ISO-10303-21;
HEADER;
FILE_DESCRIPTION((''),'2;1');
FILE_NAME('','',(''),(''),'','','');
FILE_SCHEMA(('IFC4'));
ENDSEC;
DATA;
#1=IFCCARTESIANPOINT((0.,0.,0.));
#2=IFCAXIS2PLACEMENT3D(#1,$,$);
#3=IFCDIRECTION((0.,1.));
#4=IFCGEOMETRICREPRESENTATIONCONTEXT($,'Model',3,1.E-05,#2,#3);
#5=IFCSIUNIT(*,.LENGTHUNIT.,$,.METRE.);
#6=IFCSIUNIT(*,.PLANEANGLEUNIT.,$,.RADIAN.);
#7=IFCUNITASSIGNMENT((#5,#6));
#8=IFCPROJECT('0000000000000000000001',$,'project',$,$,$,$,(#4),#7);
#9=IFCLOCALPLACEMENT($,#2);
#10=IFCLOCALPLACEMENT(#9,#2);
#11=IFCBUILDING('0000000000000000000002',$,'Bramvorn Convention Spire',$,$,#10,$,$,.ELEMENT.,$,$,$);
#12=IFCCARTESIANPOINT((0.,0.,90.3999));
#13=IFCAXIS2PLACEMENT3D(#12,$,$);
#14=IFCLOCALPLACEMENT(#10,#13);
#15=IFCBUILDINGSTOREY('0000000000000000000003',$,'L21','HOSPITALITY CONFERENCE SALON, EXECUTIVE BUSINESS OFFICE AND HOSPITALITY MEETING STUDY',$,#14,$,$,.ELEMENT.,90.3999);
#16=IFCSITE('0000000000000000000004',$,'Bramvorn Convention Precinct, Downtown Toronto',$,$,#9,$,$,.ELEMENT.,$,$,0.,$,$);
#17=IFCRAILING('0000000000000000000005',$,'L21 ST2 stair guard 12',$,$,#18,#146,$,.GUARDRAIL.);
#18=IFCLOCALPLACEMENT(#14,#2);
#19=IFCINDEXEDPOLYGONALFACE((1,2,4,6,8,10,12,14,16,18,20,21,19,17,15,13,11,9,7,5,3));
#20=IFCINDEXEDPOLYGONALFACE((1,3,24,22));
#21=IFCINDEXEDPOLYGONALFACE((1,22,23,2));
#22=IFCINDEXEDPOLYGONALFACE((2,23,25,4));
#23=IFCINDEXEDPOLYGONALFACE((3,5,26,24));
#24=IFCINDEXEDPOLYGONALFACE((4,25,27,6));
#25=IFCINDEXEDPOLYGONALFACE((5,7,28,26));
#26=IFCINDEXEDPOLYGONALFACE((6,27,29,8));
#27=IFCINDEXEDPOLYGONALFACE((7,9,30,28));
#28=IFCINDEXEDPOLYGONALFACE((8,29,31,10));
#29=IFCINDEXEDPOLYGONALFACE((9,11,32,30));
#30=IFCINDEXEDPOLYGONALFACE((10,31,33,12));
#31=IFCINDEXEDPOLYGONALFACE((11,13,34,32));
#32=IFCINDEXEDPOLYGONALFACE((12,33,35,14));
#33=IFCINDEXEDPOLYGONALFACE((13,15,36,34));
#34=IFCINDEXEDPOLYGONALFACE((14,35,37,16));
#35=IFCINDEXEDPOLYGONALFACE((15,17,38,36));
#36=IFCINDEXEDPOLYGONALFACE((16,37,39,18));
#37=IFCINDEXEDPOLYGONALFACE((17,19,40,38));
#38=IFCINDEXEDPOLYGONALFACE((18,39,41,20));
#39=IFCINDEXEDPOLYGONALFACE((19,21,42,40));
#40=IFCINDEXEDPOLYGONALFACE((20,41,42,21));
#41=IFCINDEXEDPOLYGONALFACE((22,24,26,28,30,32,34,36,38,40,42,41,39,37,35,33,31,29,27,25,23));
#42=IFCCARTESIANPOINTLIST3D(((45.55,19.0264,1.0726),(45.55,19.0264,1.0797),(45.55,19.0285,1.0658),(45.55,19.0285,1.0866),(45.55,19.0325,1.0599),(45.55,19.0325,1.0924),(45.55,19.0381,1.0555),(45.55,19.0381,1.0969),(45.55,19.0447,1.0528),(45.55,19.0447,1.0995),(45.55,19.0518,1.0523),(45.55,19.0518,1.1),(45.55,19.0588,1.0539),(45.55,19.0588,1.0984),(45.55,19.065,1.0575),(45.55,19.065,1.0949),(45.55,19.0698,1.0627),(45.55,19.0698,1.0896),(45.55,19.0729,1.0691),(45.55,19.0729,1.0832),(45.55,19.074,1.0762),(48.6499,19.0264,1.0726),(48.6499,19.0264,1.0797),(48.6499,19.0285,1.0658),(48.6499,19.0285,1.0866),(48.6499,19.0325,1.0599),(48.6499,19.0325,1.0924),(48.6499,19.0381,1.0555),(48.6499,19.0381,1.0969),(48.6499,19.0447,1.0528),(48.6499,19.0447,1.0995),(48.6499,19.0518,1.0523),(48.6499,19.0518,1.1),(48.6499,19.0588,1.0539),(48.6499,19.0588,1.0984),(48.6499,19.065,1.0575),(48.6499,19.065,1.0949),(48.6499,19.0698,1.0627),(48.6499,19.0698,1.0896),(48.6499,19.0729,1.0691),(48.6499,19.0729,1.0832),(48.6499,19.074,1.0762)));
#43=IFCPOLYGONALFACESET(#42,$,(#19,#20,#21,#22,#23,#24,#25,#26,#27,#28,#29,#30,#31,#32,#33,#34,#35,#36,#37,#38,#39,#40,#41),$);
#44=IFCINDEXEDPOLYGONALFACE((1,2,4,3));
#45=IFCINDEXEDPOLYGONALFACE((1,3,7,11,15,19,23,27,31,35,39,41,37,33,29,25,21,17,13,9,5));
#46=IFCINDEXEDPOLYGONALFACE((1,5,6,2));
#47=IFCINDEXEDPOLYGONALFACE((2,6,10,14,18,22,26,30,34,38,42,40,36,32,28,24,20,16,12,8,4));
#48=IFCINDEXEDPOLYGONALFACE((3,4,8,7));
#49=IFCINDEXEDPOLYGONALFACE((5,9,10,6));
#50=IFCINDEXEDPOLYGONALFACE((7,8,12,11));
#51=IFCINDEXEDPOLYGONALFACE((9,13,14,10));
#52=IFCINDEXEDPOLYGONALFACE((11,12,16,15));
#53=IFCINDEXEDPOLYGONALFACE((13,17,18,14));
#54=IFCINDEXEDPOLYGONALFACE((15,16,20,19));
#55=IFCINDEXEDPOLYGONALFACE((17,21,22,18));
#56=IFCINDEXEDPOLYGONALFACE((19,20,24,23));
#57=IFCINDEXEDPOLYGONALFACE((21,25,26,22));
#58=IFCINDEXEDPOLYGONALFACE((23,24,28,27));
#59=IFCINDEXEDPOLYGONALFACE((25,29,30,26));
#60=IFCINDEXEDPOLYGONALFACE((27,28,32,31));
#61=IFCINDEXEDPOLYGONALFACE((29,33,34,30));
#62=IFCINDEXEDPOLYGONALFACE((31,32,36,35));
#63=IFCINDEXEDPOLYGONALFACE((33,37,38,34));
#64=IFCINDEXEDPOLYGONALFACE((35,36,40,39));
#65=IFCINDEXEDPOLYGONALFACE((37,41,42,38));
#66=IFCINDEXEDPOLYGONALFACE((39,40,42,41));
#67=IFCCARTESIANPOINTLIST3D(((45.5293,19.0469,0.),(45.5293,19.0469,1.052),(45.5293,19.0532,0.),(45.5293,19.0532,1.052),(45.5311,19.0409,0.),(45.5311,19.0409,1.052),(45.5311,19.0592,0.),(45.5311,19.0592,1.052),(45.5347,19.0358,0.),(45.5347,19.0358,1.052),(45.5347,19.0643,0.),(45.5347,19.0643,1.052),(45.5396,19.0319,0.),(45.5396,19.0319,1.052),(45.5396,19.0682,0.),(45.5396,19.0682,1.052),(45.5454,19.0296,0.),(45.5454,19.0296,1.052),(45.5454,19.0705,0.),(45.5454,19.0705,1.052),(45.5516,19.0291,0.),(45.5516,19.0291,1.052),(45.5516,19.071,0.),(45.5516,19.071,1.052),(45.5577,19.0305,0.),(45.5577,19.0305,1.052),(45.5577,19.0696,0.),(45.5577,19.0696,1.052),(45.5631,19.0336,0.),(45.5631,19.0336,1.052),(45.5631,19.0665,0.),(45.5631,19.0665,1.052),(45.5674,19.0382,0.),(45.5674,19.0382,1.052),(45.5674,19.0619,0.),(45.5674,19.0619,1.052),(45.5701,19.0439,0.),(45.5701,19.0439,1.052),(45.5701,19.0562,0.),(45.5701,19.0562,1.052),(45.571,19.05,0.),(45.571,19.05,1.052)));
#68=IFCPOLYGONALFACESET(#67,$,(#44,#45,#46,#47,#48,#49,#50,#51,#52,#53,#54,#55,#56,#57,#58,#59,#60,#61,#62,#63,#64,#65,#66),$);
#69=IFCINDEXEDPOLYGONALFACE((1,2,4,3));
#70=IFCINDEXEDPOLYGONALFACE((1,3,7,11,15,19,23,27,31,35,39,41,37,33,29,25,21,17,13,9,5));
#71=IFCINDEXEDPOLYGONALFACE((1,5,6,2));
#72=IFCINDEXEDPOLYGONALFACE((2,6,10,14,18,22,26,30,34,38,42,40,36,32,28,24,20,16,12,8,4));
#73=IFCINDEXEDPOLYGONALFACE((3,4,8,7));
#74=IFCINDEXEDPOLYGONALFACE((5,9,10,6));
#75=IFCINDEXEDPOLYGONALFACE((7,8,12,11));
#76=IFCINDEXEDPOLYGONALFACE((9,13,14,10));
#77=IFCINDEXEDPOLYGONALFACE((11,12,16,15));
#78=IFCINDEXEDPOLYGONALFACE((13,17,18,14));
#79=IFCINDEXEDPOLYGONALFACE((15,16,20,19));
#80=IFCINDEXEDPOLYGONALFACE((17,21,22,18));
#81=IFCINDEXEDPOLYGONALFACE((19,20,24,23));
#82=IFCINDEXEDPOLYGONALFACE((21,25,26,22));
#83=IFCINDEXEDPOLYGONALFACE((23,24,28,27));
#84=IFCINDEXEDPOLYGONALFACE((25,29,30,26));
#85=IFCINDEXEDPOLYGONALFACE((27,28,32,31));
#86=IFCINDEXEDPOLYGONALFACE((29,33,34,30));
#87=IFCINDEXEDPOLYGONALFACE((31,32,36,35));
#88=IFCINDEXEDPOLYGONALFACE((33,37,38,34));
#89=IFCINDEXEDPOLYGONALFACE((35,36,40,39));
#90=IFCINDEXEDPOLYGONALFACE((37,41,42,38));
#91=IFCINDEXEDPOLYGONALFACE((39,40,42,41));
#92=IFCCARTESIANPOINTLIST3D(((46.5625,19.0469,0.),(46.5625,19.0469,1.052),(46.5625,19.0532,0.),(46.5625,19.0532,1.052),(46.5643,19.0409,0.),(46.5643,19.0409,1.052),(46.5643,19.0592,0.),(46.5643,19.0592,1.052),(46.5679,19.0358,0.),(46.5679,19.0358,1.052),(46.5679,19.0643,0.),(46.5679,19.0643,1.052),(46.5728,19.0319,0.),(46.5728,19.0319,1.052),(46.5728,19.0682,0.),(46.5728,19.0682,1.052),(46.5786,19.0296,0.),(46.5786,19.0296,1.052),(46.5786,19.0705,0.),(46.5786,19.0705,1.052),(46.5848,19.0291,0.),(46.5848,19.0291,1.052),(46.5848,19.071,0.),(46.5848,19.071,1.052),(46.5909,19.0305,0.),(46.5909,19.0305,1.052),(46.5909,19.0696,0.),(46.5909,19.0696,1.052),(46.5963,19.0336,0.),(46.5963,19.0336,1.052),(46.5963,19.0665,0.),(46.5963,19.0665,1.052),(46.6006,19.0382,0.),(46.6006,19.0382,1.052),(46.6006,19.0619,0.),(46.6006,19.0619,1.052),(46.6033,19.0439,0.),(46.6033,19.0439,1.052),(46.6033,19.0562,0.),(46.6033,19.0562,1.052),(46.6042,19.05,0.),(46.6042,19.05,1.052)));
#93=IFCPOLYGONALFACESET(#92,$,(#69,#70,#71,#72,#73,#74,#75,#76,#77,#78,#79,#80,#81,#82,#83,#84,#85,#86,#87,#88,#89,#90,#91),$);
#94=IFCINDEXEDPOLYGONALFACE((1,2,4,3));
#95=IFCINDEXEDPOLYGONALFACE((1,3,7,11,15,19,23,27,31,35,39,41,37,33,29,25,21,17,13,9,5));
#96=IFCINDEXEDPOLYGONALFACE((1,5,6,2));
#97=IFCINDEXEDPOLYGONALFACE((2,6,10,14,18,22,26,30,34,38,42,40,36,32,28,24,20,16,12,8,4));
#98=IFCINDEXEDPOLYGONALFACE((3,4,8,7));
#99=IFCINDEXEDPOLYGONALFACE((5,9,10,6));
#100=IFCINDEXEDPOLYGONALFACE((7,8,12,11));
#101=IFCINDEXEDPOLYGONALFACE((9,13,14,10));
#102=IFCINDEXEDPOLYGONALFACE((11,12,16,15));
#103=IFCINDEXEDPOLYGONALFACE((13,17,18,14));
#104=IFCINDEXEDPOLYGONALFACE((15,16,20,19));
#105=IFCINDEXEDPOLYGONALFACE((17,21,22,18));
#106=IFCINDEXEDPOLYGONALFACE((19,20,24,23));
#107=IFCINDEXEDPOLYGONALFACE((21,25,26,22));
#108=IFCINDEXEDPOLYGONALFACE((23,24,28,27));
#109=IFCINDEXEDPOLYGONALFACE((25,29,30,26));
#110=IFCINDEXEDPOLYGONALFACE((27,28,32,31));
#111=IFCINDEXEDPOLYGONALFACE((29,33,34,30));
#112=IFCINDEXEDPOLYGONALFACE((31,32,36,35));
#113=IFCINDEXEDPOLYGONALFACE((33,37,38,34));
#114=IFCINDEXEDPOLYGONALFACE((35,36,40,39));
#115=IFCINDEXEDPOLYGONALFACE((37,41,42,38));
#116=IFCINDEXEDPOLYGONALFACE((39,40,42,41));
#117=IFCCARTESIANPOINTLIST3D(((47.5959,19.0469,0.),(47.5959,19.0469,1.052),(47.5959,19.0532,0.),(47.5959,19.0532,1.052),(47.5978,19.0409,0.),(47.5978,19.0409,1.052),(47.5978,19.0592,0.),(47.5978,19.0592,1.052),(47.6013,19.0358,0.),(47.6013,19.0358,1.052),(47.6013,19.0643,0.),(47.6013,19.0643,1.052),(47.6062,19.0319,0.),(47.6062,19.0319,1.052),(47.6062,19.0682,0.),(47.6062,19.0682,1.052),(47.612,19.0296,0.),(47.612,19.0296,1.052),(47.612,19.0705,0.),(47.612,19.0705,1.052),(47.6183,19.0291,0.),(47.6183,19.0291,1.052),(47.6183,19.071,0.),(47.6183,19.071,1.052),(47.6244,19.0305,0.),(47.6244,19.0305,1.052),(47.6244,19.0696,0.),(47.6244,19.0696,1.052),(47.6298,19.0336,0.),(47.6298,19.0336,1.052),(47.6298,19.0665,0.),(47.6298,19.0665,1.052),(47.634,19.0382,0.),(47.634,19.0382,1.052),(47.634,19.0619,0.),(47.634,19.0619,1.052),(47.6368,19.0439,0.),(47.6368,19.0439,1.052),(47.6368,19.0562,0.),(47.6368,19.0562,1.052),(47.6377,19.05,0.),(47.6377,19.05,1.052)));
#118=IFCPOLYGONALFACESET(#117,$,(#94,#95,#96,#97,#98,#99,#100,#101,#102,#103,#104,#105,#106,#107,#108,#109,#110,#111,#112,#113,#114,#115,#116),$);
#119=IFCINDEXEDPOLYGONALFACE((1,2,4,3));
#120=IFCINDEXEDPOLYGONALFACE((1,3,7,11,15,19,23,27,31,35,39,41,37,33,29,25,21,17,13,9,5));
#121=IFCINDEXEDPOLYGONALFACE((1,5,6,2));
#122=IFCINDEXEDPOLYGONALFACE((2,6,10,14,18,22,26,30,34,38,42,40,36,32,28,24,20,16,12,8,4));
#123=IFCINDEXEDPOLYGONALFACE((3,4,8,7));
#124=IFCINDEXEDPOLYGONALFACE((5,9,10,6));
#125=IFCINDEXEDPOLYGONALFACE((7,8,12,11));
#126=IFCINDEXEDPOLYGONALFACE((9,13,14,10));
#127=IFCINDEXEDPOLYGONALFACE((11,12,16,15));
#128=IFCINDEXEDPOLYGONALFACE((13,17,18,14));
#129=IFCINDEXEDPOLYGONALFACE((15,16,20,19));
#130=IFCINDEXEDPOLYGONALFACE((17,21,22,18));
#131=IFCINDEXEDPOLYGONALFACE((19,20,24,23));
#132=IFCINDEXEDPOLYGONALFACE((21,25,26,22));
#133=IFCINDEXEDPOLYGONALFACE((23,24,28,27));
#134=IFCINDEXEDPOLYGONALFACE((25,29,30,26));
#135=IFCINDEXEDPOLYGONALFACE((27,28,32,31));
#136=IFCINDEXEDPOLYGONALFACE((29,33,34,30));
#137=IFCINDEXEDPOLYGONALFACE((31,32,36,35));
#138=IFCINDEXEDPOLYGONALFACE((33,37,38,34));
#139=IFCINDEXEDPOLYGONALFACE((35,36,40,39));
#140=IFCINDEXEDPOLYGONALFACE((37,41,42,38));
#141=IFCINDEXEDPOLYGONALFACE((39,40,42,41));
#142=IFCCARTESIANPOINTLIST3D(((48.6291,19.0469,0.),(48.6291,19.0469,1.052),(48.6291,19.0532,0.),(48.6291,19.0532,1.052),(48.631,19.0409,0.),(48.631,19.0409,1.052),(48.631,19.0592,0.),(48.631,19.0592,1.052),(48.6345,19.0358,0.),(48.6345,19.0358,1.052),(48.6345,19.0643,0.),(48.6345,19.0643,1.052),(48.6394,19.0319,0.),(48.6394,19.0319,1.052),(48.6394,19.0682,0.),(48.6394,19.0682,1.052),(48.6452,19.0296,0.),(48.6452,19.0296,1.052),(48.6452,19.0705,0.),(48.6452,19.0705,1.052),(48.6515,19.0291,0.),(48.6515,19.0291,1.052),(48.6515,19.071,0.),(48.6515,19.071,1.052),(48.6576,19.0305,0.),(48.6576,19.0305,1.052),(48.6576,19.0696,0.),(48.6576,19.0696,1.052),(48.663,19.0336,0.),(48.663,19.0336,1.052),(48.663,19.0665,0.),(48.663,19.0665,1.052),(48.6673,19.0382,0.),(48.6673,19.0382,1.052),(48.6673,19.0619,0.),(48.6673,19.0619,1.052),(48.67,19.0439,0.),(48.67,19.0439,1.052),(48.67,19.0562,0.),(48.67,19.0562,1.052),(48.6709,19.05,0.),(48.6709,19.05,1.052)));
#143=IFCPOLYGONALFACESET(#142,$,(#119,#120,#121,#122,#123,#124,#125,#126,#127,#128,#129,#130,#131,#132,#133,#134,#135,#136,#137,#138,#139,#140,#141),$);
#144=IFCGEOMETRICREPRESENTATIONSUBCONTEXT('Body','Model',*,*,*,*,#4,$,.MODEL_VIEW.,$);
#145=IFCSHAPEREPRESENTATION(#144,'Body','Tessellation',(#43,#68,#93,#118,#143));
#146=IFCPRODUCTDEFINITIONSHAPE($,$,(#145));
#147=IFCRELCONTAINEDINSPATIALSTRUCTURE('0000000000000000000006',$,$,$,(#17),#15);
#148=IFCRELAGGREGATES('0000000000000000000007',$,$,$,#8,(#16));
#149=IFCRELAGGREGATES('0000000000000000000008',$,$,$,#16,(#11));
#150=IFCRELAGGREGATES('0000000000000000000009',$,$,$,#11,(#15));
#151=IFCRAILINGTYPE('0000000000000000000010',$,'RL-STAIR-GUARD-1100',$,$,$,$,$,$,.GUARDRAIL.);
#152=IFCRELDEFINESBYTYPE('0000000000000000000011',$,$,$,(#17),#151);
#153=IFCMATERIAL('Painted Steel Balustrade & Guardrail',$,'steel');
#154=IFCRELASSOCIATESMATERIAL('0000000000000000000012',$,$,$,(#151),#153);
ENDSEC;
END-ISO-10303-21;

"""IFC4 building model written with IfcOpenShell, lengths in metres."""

from ifc_helpers import new_model, si_unit, direction, frame, origin, origin_2d, place, context, subcontext, project, spatial, circle, extrude, material, type_object, element, save


model = new_model("IFC4")

# Units and contexts
model_context = context("Model", 3, precision=1e-05, world=origin(), true_north=direction((0.0, 1.0)))
body_context = subcontext(model_context, "Body", "Model", "MODEL_VIEW")
ifc_project = project(units=[si_unit("LENGTHUNIT", "METRE"), si_unit("PLANEANGLEUNIT", "RADIAN")], contexts=[model_context])

# Site, building, storey
site_placement = place(None, origin())
site = spatial("IfcSite", under=ifc_project, at=site_placement, Name="Bramvorn Convention Precinct, Downtown Toronto", CompositionType="ELEMENT", RefElevation=0.0)
building_placement = place(site_placement, origin())
building = spatial("IfcBuilding", under=site, at=building_placement, Name="Bramvorn Convention Spire", CompositionType="ELEMENT")
storey_placement = place(building_placement, frame((0.0, 0.0, 90.3999)))
storey = spatial("IfcBuildingStorey", under=building, at=storey_placement, Name="L21", Description="HOSPITALITY CONFERENCE SALON, EXECUTIVE BUSINESS OFFICE AND HOSPITALITY MEETING STUDY", CompositionType="ELEMENT", Elevation=90.3999)

# Railing
ifc_material_1 = material(Name="Painted Steel Balustrade & Guardrail", Category="steel")
railing_type = type_object("IfcRailingType", Name="RL-STAIR-GUARD-1100", PredefinedType="GUARDRAIL", material=ifc_material_1)
railing_1_placement = place(storey_placement, frame((45.55, 19.05, 0.0)))
element("IfcRailing", 1, at=railing_1_placement, inside=storey, type_object=railing_type, Name="L21 ST2 stair guard 12", PredefinedType="GUARDRAIL", context=body_context, shape_type="SweptSolid", body=[
    extrude(circle(Radius=0.0239, at=origin_2d()), frame((0.0, 0.0, 1.0762), z_axis=(1.0, 0.0, 0.0), x_axis=(0.0, 1.0, 0.0)), (0.0, 0.0, 1.0), 3.0999),
    extrude(circle(Radius=0.021, at=origin_2d()), origin(), (0.0, 0.0, 1.0), 1.052),
    extrude(circle(Radius=0.021, at=origin_2d()), frame((1.0332, 0.0, 0.0)), (0.0, 0.0, 1.0), 1.052),
    extrude(circle(Radius=0.021, at=origin_2d()), frame((2.0667, 0.0, 0.0)), (0.0, 0.0, 1.0), 1.052),
    extrude(circle(Radius=0.021, at=origin_2d()), frame((3.0999, 0.0, 0.0)), (0.0, 0.0, 1.0), 1.052),
])

save(model, "model.ifc")
